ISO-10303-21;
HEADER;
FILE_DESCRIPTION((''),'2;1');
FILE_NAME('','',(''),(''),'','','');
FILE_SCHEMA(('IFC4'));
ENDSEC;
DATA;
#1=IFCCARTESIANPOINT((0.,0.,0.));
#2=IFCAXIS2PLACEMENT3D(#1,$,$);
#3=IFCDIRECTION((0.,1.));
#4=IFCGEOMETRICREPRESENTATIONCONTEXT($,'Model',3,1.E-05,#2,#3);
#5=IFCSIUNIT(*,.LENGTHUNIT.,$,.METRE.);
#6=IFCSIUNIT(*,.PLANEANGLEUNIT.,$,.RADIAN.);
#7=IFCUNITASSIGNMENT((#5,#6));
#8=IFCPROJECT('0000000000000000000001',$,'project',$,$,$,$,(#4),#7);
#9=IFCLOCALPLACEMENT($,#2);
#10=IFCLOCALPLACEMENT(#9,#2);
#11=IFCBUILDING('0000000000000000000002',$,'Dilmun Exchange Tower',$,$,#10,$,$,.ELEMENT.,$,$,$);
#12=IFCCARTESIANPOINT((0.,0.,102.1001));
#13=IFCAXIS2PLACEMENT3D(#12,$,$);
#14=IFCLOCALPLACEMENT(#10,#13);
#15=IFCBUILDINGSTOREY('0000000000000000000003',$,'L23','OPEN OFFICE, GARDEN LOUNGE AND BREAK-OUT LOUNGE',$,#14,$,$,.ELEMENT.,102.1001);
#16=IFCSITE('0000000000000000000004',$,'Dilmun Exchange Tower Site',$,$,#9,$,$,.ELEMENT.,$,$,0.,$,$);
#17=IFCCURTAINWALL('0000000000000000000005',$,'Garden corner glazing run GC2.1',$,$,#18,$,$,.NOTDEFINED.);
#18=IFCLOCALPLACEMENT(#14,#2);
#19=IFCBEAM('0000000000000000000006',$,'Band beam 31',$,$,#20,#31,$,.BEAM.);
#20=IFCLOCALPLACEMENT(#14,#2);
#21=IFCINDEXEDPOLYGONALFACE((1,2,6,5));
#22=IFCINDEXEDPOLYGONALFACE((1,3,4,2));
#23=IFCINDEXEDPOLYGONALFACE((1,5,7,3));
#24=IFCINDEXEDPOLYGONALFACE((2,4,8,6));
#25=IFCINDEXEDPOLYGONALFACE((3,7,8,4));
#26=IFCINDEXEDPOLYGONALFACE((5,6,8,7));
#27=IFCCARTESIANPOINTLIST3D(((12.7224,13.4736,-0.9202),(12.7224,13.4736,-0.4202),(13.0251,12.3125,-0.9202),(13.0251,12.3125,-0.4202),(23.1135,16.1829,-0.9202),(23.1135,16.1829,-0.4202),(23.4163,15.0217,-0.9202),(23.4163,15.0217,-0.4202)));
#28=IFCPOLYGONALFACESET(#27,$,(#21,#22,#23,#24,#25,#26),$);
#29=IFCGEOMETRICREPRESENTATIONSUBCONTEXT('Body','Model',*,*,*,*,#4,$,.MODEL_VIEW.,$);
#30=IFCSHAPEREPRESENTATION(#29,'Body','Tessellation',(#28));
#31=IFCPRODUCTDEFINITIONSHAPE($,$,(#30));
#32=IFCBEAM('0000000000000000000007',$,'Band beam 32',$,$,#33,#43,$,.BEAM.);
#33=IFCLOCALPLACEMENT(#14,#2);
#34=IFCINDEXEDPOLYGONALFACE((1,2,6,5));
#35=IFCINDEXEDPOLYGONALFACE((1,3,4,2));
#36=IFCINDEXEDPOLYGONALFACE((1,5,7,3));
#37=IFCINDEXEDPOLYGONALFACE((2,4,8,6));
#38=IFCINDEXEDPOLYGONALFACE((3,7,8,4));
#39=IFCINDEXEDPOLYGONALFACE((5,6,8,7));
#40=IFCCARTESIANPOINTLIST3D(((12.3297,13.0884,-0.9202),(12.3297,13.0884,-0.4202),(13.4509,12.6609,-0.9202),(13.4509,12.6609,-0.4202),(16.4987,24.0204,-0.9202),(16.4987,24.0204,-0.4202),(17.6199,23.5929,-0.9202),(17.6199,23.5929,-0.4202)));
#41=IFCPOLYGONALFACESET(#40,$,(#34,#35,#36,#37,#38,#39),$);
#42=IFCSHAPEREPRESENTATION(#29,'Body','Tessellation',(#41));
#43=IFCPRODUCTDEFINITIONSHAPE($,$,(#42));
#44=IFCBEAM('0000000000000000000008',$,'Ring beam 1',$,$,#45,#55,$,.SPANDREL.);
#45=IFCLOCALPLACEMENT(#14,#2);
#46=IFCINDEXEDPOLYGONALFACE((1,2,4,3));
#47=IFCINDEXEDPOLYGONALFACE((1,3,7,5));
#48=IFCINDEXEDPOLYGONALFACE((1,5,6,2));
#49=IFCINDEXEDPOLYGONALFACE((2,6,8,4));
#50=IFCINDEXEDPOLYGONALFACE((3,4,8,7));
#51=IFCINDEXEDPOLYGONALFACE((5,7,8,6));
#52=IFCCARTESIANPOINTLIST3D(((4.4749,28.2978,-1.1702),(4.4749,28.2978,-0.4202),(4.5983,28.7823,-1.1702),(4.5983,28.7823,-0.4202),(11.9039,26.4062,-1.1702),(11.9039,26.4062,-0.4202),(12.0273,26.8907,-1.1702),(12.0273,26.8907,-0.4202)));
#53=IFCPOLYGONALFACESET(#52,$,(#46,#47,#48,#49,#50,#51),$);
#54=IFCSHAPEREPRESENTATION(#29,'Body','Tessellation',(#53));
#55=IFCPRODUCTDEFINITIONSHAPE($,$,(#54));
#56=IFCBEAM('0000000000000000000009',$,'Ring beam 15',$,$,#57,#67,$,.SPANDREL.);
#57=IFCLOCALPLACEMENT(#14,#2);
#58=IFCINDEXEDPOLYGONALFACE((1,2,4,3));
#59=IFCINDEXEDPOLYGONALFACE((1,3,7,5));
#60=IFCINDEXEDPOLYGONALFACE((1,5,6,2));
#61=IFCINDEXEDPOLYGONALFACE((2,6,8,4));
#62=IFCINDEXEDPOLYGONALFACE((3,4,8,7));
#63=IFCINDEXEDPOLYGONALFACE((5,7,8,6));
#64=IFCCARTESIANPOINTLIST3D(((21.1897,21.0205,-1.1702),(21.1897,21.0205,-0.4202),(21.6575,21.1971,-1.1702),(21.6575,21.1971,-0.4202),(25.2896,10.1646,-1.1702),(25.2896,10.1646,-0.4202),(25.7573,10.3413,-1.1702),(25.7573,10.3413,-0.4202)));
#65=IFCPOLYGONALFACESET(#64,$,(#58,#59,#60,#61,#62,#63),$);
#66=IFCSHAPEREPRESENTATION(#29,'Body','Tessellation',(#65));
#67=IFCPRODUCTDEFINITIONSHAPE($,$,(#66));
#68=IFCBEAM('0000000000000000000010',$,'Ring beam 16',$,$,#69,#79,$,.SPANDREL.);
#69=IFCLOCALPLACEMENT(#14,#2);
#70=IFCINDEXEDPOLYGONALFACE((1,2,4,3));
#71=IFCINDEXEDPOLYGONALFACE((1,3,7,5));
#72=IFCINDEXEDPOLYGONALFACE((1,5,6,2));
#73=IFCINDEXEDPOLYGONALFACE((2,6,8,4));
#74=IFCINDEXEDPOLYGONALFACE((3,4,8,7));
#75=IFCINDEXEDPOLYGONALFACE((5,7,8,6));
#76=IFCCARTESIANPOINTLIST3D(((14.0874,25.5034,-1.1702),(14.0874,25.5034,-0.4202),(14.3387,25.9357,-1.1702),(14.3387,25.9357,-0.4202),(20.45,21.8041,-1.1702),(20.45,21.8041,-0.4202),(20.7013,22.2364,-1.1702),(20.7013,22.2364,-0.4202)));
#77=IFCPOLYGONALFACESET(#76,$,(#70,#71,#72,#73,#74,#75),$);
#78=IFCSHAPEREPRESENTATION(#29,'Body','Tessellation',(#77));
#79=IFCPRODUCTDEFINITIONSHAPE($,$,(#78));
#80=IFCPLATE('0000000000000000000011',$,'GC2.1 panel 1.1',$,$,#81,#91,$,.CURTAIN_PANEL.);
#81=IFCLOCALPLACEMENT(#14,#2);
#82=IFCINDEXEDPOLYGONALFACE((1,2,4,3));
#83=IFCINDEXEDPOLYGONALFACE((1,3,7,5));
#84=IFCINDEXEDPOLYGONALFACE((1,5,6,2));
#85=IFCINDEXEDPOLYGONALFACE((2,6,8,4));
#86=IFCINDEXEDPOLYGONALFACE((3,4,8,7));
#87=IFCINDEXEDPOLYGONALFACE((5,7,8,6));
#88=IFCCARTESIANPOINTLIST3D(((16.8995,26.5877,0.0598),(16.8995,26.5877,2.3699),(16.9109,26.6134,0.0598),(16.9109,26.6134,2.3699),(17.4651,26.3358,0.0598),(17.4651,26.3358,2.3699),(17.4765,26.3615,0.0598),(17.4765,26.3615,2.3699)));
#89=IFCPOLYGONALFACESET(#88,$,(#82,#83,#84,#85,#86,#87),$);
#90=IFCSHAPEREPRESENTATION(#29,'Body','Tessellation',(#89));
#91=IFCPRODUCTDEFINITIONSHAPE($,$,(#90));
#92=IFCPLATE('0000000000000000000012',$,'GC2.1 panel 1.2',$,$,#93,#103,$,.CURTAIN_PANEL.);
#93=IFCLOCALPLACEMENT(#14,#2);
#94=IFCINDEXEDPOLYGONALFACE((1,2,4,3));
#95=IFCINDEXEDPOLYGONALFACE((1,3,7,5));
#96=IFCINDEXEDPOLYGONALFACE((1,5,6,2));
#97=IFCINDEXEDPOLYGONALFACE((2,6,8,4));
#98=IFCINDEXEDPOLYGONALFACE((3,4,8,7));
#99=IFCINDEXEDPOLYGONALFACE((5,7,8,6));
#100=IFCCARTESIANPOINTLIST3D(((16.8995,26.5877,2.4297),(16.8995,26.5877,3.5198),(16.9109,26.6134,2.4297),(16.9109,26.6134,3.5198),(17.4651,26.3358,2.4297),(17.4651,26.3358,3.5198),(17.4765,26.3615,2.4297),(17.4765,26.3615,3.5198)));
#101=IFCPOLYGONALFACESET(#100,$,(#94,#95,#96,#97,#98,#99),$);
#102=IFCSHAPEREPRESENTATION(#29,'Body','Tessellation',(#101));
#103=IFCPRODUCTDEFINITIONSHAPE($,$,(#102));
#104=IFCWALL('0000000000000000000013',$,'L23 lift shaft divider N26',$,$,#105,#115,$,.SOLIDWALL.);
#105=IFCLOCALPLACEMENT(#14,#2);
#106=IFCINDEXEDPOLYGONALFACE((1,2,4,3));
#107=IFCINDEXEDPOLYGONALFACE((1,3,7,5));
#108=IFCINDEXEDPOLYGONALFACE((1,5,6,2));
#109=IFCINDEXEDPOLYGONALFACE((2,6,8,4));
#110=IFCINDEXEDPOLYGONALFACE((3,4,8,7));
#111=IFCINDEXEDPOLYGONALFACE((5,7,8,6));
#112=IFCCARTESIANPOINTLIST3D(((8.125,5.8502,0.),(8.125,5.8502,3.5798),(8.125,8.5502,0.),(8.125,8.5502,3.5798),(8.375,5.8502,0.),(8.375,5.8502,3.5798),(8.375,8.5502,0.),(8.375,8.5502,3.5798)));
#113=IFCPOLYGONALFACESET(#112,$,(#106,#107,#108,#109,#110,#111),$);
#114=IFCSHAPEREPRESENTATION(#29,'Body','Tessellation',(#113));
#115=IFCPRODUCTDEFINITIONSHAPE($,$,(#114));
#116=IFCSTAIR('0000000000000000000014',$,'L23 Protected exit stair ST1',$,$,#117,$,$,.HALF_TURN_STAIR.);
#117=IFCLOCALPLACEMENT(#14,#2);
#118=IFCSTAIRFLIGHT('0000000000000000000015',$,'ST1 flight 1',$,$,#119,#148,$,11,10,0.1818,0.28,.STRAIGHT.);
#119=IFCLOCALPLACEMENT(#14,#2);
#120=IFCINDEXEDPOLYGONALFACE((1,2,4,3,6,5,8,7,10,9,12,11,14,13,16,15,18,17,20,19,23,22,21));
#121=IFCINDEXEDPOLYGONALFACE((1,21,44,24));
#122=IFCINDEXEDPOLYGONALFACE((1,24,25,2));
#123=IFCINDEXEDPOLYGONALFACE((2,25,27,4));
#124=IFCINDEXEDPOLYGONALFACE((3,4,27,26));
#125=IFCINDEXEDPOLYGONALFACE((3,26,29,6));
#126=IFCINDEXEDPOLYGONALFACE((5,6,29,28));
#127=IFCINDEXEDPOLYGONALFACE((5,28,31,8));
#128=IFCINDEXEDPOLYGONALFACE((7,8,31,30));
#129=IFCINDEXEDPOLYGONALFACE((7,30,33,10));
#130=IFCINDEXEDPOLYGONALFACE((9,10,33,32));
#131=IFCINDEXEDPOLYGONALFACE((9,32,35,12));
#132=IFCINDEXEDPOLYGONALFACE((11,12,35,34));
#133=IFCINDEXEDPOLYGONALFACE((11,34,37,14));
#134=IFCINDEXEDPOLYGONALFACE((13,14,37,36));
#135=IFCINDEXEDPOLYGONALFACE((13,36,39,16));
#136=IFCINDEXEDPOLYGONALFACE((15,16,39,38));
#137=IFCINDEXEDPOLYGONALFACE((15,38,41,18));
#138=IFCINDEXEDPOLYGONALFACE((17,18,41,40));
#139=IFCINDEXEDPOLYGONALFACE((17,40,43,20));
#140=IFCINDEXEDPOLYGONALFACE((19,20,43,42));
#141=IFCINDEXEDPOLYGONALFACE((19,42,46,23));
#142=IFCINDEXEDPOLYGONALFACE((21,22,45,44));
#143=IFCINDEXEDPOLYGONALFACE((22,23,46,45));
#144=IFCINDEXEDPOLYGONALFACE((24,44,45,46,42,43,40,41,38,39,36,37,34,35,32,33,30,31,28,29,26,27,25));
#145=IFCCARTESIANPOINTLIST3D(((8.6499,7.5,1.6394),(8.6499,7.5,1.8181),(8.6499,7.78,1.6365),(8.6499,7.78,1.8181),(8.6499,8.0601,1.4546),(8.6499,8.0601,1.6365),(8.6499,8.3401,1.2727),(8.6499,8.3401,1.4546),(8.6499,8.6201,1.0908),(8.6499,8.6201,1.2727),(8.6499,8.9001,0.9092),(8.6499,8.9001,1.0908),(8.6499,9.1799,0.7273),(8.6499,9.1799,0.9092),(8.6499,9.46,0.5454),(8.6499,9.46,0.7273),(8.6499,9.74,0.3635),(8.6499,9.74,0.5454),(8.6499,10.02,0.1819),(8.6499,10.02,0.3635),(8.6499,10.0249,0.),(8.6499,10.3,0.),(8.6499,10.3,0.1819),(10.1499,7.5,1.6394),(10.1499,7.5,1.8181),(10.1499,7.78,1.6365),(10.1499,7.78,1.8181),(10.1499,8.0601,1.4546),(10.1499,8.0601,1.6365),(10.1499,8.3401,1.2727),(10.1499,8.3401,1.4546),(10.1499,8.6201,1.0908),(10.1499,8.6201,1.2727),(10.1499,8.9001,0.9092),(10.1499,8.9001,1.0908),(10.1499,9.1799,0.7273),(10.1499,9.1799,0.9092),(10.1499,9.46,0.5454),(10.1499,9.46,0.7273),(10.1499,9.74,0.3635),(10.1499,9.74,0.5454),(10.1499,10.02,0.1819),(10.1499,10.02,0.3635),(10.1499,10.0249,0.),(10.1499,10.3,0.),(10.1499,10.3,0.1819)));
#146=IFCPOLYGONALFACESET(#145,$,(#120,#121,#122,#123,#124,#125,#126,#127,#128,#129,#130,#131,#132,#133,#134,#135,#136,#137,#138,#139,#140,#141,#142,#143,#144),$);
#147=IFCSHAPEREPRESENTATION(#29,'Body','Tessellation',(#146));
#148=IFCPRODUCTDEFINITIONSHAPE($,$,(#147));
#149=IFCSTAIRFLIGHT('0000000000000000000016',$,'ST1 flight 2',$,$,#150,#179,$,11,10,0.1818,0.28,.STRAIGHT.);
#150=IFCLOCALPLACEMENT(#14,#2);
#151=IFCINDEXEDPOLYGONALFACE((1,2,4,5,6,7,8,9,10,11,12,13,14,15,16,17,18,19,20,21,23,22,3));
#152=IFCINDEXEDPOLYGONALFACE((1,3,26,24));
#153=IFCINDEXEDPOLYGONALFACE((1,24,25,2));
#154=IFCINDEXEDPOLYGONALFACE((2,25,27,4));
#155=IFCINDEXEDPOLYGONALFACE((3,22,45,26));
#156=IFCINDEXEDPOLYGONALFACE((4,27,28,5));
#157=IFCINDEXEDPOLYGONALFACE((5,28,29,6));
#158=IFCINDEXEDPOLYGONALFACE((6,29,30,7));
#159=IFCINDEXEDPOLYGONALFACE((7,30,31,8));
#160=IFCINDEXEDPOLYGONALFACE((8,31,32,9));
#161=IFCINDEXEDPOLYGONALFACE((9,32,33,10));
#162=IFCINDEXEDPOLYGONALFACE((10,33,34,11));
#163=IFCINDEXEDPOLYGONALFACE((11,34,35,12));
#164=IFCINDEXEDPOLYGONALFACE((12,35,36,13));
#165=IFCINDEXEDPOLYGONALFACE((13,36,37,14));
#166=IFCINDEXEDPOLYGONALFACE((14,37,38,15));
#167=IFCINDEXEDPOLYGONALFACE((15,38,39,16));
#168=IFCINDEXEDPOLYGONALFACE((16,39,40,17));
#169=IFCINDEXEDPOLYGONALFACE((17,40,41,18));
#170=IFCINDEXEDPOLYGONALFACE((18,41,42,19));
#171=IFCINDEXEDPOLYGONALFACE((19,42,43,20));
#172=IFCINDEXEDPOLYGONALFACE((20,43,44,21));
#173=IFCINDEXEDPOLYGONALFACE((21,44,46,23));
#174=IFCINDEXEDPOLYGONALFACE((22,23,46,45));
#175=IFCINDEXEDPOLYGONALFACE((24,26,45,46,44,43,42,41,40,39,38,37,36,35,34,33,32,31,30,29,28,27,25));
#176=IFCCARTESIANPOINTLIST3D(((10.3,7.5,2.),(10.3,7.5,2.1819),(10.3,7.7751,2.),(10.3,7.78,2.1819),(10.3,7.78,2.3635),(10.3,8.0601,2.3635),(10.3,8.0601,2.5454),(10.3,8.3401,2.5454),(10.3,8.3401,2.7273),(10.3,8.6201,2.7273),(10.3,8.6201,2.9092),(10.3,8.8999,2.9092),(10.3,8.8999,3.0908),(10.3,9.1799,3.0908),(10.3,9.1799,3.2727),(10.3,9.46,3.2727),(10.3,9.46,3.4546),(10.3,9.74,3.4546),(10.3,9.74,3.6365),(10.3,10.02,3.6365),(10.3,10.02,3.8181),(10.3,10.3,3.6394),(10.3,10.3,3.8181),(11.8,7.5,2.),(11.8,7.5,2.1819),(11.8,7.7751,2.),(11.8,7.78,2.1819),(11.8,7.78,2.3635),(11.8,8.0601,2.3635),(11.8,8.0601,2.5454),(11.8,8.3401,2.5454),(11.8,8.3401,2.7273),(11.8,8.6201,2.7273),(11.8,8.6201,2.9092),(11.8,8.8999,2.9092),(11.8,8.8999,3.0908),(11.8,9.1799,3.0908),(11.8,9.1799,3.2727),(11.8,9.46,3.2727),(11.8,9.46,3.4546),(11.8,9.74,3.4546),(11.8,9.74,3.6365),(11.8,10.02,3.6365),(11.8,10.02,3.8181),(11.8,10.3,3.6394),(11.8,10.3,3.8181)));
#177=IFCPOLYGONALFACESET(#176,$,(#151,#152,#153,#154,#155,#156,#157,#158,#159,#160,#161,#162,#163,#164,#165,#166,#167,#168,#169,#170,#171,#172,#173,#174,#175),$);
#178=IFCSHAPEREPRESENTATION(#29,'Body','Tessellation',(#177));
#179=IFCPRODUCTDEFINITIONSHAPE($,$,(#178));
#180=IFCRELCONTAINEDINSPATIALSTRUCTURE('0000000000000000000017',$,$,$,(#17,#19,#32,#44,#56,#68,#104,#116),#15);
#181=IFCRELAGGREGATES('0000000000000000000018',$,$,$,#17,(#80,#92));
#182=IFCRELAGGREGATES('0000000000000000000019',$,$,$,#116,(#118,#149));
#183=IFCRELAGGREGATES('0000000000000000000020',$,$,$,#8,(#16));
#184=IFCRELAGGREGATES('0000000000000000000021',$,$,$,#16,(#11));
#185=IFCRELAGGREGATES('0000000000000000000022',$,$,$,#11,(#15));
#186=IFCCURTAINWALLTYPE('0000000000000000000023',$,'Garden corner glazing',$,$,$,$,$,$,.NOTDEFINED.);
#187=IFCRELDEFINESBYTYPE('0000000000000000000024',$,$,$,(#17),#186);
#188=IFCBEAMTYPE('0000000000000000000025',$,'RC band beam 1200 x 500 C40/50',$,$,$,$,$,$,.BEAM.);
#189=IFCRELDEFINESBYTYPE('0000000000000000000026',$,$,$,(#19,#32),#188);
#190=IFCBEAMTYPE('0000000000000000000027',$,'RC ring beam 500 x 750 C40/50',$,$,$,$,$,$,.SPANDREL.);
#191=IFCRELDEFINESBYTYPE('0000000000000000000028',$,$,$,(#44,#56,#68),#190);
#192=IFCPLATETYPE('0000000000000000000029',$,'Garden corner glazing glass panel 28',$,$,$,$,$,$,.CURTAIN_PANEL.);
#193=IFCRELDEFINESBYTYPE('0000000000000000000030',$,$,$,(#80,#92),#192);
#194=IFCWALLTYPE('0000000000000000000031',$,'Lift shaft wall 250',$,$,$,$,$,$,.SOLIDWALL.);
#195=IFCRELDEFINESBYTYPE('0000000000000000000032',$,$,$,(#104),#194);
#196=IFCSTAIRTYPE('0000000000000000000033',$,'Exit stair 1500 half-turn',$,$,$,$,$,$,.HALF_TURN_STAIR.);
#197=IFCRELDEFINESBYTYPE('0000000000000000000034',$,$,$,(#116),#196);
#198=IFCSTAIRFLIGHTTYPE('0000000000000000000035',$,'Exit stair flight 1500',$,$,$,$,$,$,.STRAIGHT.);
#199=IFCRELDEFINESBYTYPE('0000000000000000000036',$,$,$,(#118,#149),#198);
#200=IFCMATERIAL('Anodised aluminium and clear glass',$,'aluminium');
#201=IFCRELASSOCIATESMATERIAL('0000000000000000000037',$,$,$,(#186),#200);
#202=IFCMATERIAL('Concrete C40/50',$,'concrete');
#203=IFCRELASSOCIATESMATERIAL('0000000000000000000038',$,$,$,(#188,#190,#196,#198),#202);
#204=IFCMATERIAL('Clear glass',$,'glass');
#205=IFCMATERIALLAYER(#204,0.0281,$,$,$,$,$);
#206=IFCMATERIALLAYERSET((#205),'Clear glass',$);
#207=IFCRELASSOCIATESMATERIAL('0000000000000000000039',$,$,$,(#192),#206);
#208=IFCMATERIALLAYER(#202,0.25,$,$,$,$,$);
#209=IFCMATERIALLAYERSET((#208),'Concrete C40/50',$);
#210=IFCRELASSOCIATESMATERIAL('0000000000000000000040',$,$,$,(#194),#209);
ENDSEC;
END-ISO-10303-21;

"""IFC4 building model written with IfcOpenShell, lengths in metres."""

from ifc_helpers import new_model, si_unit, direction, frame, frame_2d, origin, origin_2d, place, context, subcontext, project, spatial, polyline, rectangle, outline, extrude, material, layer, layer_set, material_profile, profile_set, type_object, element, aggregate, save


model = new_model("IFC4")

# Units and contexts
model_context = context("Model", 3, precision=1e-05, world=origin(), true_north=direction((0.0, 1.0)))
body_context = subcontext(model_context, "Body", "Model", "MODEL_VIEW")
ifc_project = project(units=[si_unit("LENGTHUNIT", "METRE"), si_unit("PLANEANGLEUNIT", "RADIAN")], contexts=[model_context])

# Site, building, storey
site_placement = place(None, origin())
site = spatial("IfcSite", under=ifc_project, at=site_placement, Name="Dilmun Exchange Tower Site", CompositionType="ELEMENT", RefElevation=0.0)
building_placement = place(site_placement, origin())
building = spatial("IfcBuilding", under=site, at=building_placement, Name="Dilmun Exchange Tower", CompositionType="ELEMENT")
storey_placement = place(building_placement, frame((0.0, 0.0, 102.1001)))
storey = spatial("IfcBuildingStorey", under=building, at=storey_placement, Name="L23", Description="OPEN OFFICE, GARDEN LOUNGE AND BREAK-OUT LOUNGE", CompositionType="ELEMENT", Elevation=102.1001)

# Shared definitions
ifc_material_1 = material(Name="Anodised aluminium and clear glass", Category="aluminium")
curtain_wall_type = type_object("IfcCurtainWallType", Name="Garden corner glazing", PredefinedType="NOTDEFINED", material=ifc_material_1)

# Curtain wall
curtain_wall_1_placement = place(storey_placement, origin())
curtain_wall_1 = element("IfcCurtainWall", 1, at=curtain_wall_1_placement, inside=storey, type_object=curtain_wall_type, Name="Garden corner glazing run GC2.1", PredefinedType="NOTDEFINED")

# Beams
ifc_material_2 = material(Name="Concrete C40/50", Category="concrete")
ifc_material_profile_1 = material_profile(ifc_material_2, rectangle(XDim=1.2, YDim=0.5, at=origin_2d()), Name="1200 x 500")
ifc_profile_set_1 = profile_set([ifc_material_profile_1], Name="Concrete C40/50")
beam_type_1 = type_object("IfcBeamType", Name="RC band beam 1200 x 500 C40/50", PredefinedType="BEAM", material=ifc_profile_set_1)
beam_1_placement = place(storey_placement, frame((23.2649, 15.6023, -0.6702), z_axis=(-0.967651, -0.252291, 0.0), x_axis=(0.252291, -0.967651, 0.0)))
element("IfcBeam", 2, at=beam_1_placement, inside=storey, type_object=beam_type_1, Name="Band beam 31", PredefinedType="BEAM", context=body_context, shape_type="SweptSolid", body=[
    extrude(rectangle(XDim=1.2, YDim=0.5, at=origin_2d()), origin(), (0.0, 0.0, 1.0), 10.7385),
])
beam_2_placement = place(storey_placement, frame((17.0593, 23.8066, -0.6702), z_axis=(-0.356325, -0.934362, 0.0), x_axis=(0.934362, -0.356325, 0.0)))
element("IfcBeam", 3, at=beam_2_placement, inside=storey, type_object=beam_type_1, Name="Band beam 32", PredefinedType="BEAM", context=body_context, shape_type="SweptSolid", body=[
    extrude(rectangle(XDim=1.2, YDim=0.5, at=origin_2d()), origin(), (0.0, 0.0, 1.0), 11.7),
])
ifc_material_profile_2 = material_profile(ifc_material_2, rectangle(XDim=0.5, YDim=0.75, at=origin_2d()), Name="500 x 750")
ifc_profile_set_2 = profile_set([ifc_material_profile_2], Name="Concrete C40/50")
beam_type_2 = type_object("IfcBeamType", Name="RC ring beam 500 x 750 C40/50", PredefinedType="SPANDREL", material=ifc_profile_set_2)
beam_3_placement = place(storey_placement, frame((11.9656, 26.6484, -0.7952), z_axis=(-0.969079, 0.246752, 0.0), x_axis=(-0.246752, -0.969079, 0.0)))
element("IfcBeam", 4, at=beam_3_placement, inside=storey, type_object=beam_type_2, Name="Ring beam 1", PredefinedType="SPANDREL", context=body_context, shape_type="SweptSolid", body=[
    extrude(rectangle(XDim=0.5, YDim=0.75, at=origin_2d()), origin(), (0.0, 0.0, 1.0), 7.666),
])
beam_4_placement = place(storey_placement, frame((25.5234, 10.2529, -0.7952), z_axis=(-0.353304, 0.935509, 0.0), x_axis=(-0.935509, -0.353304, 0.0)))
element("IfcBeam", 5, at=beam_4_placement, inside=storey, type_object=beam_type_2, Name="Ring beam 15", PredefinedType="SPANDREL", context=body_context, shape_type="SweptSolid", body=[
    extrude(rectangle(XDim=0.5, YDim=0.75, at=origin_2d()), origin(), (0.0, 0.0, 1.0), 11.6042),
])
beam_5_placement = place(storey_placement, frame((20.5757, 22.0203, -0.7952), z_axis=(-0.864503, 0.502627, 0.0), x_axis=(-0.502627, -0.864503, 0.0)))
element("IfcBeam", 6, at=beam_5_placement, inside=storey, type_object=beam_type_2, Name="Ring beam 16", PredefinedType="SPANDREL", context=body_context, shape_type="SweptSolid", body=[
    extrude(rectangle(XDim=0.5, YDim=0.75, at=origin_2d()), origin(), (0.0, 0.0, 1.0), 7.3599),
])

# Plates
ifc_material_3 = material(Name="Clear glass", Category="glass")
ifc_layer_1 = layer(ifc_material_3, 0.0281)
ifc_layer_set_1 = layer_set([ifc_layer_1], Name="Clear glass")
plate_type = type_object("IfcPlateType", Name="Garden corner glazing glass panel 28", PredefinedType="CURTAIN_PANEL", material=ifc_layer_set_1)
plate_1_placement = place(storey_placement, frame((17.188, 26.4746, 0.0598), z_axis=(0.0, 0.0, 1.0), x_axis=(-0.913504, 0.406829, 0.0)))
plate_1 = element("IfcPlate", 7, at=plate_1_placement, type_object=plate_type, Name="GC2.1 panel 1.1", PredefinedType="CURTAIN_PANEL", context=body_context, shape_type="SweptSolid", body=[
    extrude(rectangle(XDim=0.6191, YDim=0.0281, at=origin_2d()), origin(), (0.0, 0.0, 1.0), 2.3101),
])
plate_2_placement = place(storey_placement, frame((17.188, 26.4746, 2.4297), z_axis=(0.0, 0.0, 1.0), x_axis=(-0.913504, 0.406829, 0.0)))
plate_2 = element("IfcPlate", 8, at=plate_2_placement, type_object=plate_type, Name="GC2.1 panel 1.2", PredefinedType="CURTAIN_PANEL", context=body_context, shape_type="SweptSolid", body=[
    extrude(rectangle(XDim=0.6191, YDim=0.0281, at=origin_2d()), origin(), (0.0, 0.0, 1.0), 1.0901),
])
aggregate(curtain_wall_1, [plate_1, plate_2])

# Wall
ifc_layer_2 = layer(ifc_material_2, 0.25)
ifc_layer_set_2 = layer_set([ifc_layer_2], Name="Concrete C40/50")
wall_type_1 = type_object("IfcWallType", Name="Lift shaft wall 250", PredefinedType="SOLIDWALL", material=ifc_layer_set_2)
wall_1_placement = place(storey_placement, frame((8.25, 5.8501, 0.0), z_axis=(0.0, 0.0, 1.0), x_axis=(0.0, 1.0, 0.0)))
element("IfcWall", 9, at=wall_1_placement, inside=storey, type_object=wall_type_1, Name="L23 lift shaft divider N26", PredefinedType="SOLIDWALL", context=body_context, shape_type="SweptSolid", body=[
    extrude(rectangle(XDim=2.7, YDim=0.25, at=frame_2d((1.3501, 0.0))), origin(), (0.0, 0.0, 1.0), 3.5798),
])

# Stair, stair flights
stair_type = type_object("IfcStairType", Name="Exit stair 1500 half-turn", PredefinedType="HALF_TURN_STAIR", material=ifc_material_2)
stair_placement = place(storey_placement, origin())
stair = element("IfcStair", 10, at=stair_placement, inside=storey, type_object=stair_type, Name="L23 Protected exit stair ST1", PredefinedType="HALF_TURN_STAIR")
stair_flight_type = type_object("IfcStairFlightType", Name="Exit stair flight 1500", PredefinedType="STRAIGHT", material=ifc_material_2)
stair_flight_1_placement = place(storey_placement, frame((9.3999, 10.3, 0.0), z_axis=(0.0, 0.0, 1.0), x_axis=(0.0, -1.0, 0.0)))
stair_flight_1 = element("IfcStairFlight", 11, at=stair_flight_1_placement, type_object=stair_flight_type, Name="ST1 flight 1", NumberOfRisers=11, NumberOfTreads=10, PredefinedType="STRAIGHT", RiserHeight=0.1818, TreadLength=0.28, context=body_context, shape_type="SweptSolid", body=[
    extrude(outline(polyline([(0.0, 0.0), (0.0, 0.1819), (0.28, 0.1819), (0.28, 0.3635), (0.5601, 0.3635), (0.5601, 0.5454), (0.8401, 0.5454), (0.8401, 0.7273), (1.1201, 0.7273), (1.1201, 0.9092), (1.3999, 0.9092), (1.3999, 1.0908), (1.6799, 1.0908), (1.6799, 1.2727), (1.96, 1.2727), (1.96, 1.4546), (2.24, 1.4546), (2.24, 1.6365), (2.52, 1.6365), (2.52, 1.8181), (2.8, 1.8181), (2.8, 2.0), (2.8, 1.6394), (0.2751, 0.0), (0.0, 0.0)])), frame((0.0, 0.75, 0.0), z_axis=(0.0, -1.0, 0.0), x_axis=(1.0, 0.0, 0.0)), (0.0, 0.0, 1.0), 1.5),
])
stair_flight_2_placement = place(storey_placement, frame((11.05, 7.5, 2.0), z_axis=(0.0, 0.0, 1.0), x_axis=(0.0, 1.0, 0.0)))
stair_flight_2 = element("IfcStairFlight", 12, at=stair_flight_2_placement, type_object=stair_flight_type, Name="ST1 flight 2", NumberOfRisers=11, NumberOfTreads=10, PredefinedType="STRAIGHT", RiserHeight=0.1818, TreadLength=0.28, context=body_context, shape_type="SweptSolid", body=[
    extrude(outline(polyline([(0.0, 0.0), (0.0, 0.1819), (0.28, 0.1819), (0.28, 0.3635), (0.5601, 0.3635), (0.5601, 0.5454), (0.8401, 0.5454), (0.8401, 0.7273), (1.1201, 0.7273), (1.1201, 0.9092), (1.3999, 0.9092), (1.3999, 1.0908), (1.6799, 1.0908), (1.6799, 1.2727), (1.96, 1.2727), (1.96, 1.4546), (2.24, 1.4546), (2.24, 1.6365), (2.52, 1.6365), (2.52, 1.8181), (2.8, 1.8181), (2.8, 2.0), (2.8, 1.6394), (0.2751, 0.0), (0.0, 0.0)])), frame((0.0, 0.75, 0.0), z_axis=(0.0, -1.0, 0.0), x_axis=(1.0, 0.0, 0.0)), (0.0, 0.0, 1.0), 1.5),
])
aggregate(stair, [stair_flight_1, stair_flight_2])

save(model, "model.ifc")
